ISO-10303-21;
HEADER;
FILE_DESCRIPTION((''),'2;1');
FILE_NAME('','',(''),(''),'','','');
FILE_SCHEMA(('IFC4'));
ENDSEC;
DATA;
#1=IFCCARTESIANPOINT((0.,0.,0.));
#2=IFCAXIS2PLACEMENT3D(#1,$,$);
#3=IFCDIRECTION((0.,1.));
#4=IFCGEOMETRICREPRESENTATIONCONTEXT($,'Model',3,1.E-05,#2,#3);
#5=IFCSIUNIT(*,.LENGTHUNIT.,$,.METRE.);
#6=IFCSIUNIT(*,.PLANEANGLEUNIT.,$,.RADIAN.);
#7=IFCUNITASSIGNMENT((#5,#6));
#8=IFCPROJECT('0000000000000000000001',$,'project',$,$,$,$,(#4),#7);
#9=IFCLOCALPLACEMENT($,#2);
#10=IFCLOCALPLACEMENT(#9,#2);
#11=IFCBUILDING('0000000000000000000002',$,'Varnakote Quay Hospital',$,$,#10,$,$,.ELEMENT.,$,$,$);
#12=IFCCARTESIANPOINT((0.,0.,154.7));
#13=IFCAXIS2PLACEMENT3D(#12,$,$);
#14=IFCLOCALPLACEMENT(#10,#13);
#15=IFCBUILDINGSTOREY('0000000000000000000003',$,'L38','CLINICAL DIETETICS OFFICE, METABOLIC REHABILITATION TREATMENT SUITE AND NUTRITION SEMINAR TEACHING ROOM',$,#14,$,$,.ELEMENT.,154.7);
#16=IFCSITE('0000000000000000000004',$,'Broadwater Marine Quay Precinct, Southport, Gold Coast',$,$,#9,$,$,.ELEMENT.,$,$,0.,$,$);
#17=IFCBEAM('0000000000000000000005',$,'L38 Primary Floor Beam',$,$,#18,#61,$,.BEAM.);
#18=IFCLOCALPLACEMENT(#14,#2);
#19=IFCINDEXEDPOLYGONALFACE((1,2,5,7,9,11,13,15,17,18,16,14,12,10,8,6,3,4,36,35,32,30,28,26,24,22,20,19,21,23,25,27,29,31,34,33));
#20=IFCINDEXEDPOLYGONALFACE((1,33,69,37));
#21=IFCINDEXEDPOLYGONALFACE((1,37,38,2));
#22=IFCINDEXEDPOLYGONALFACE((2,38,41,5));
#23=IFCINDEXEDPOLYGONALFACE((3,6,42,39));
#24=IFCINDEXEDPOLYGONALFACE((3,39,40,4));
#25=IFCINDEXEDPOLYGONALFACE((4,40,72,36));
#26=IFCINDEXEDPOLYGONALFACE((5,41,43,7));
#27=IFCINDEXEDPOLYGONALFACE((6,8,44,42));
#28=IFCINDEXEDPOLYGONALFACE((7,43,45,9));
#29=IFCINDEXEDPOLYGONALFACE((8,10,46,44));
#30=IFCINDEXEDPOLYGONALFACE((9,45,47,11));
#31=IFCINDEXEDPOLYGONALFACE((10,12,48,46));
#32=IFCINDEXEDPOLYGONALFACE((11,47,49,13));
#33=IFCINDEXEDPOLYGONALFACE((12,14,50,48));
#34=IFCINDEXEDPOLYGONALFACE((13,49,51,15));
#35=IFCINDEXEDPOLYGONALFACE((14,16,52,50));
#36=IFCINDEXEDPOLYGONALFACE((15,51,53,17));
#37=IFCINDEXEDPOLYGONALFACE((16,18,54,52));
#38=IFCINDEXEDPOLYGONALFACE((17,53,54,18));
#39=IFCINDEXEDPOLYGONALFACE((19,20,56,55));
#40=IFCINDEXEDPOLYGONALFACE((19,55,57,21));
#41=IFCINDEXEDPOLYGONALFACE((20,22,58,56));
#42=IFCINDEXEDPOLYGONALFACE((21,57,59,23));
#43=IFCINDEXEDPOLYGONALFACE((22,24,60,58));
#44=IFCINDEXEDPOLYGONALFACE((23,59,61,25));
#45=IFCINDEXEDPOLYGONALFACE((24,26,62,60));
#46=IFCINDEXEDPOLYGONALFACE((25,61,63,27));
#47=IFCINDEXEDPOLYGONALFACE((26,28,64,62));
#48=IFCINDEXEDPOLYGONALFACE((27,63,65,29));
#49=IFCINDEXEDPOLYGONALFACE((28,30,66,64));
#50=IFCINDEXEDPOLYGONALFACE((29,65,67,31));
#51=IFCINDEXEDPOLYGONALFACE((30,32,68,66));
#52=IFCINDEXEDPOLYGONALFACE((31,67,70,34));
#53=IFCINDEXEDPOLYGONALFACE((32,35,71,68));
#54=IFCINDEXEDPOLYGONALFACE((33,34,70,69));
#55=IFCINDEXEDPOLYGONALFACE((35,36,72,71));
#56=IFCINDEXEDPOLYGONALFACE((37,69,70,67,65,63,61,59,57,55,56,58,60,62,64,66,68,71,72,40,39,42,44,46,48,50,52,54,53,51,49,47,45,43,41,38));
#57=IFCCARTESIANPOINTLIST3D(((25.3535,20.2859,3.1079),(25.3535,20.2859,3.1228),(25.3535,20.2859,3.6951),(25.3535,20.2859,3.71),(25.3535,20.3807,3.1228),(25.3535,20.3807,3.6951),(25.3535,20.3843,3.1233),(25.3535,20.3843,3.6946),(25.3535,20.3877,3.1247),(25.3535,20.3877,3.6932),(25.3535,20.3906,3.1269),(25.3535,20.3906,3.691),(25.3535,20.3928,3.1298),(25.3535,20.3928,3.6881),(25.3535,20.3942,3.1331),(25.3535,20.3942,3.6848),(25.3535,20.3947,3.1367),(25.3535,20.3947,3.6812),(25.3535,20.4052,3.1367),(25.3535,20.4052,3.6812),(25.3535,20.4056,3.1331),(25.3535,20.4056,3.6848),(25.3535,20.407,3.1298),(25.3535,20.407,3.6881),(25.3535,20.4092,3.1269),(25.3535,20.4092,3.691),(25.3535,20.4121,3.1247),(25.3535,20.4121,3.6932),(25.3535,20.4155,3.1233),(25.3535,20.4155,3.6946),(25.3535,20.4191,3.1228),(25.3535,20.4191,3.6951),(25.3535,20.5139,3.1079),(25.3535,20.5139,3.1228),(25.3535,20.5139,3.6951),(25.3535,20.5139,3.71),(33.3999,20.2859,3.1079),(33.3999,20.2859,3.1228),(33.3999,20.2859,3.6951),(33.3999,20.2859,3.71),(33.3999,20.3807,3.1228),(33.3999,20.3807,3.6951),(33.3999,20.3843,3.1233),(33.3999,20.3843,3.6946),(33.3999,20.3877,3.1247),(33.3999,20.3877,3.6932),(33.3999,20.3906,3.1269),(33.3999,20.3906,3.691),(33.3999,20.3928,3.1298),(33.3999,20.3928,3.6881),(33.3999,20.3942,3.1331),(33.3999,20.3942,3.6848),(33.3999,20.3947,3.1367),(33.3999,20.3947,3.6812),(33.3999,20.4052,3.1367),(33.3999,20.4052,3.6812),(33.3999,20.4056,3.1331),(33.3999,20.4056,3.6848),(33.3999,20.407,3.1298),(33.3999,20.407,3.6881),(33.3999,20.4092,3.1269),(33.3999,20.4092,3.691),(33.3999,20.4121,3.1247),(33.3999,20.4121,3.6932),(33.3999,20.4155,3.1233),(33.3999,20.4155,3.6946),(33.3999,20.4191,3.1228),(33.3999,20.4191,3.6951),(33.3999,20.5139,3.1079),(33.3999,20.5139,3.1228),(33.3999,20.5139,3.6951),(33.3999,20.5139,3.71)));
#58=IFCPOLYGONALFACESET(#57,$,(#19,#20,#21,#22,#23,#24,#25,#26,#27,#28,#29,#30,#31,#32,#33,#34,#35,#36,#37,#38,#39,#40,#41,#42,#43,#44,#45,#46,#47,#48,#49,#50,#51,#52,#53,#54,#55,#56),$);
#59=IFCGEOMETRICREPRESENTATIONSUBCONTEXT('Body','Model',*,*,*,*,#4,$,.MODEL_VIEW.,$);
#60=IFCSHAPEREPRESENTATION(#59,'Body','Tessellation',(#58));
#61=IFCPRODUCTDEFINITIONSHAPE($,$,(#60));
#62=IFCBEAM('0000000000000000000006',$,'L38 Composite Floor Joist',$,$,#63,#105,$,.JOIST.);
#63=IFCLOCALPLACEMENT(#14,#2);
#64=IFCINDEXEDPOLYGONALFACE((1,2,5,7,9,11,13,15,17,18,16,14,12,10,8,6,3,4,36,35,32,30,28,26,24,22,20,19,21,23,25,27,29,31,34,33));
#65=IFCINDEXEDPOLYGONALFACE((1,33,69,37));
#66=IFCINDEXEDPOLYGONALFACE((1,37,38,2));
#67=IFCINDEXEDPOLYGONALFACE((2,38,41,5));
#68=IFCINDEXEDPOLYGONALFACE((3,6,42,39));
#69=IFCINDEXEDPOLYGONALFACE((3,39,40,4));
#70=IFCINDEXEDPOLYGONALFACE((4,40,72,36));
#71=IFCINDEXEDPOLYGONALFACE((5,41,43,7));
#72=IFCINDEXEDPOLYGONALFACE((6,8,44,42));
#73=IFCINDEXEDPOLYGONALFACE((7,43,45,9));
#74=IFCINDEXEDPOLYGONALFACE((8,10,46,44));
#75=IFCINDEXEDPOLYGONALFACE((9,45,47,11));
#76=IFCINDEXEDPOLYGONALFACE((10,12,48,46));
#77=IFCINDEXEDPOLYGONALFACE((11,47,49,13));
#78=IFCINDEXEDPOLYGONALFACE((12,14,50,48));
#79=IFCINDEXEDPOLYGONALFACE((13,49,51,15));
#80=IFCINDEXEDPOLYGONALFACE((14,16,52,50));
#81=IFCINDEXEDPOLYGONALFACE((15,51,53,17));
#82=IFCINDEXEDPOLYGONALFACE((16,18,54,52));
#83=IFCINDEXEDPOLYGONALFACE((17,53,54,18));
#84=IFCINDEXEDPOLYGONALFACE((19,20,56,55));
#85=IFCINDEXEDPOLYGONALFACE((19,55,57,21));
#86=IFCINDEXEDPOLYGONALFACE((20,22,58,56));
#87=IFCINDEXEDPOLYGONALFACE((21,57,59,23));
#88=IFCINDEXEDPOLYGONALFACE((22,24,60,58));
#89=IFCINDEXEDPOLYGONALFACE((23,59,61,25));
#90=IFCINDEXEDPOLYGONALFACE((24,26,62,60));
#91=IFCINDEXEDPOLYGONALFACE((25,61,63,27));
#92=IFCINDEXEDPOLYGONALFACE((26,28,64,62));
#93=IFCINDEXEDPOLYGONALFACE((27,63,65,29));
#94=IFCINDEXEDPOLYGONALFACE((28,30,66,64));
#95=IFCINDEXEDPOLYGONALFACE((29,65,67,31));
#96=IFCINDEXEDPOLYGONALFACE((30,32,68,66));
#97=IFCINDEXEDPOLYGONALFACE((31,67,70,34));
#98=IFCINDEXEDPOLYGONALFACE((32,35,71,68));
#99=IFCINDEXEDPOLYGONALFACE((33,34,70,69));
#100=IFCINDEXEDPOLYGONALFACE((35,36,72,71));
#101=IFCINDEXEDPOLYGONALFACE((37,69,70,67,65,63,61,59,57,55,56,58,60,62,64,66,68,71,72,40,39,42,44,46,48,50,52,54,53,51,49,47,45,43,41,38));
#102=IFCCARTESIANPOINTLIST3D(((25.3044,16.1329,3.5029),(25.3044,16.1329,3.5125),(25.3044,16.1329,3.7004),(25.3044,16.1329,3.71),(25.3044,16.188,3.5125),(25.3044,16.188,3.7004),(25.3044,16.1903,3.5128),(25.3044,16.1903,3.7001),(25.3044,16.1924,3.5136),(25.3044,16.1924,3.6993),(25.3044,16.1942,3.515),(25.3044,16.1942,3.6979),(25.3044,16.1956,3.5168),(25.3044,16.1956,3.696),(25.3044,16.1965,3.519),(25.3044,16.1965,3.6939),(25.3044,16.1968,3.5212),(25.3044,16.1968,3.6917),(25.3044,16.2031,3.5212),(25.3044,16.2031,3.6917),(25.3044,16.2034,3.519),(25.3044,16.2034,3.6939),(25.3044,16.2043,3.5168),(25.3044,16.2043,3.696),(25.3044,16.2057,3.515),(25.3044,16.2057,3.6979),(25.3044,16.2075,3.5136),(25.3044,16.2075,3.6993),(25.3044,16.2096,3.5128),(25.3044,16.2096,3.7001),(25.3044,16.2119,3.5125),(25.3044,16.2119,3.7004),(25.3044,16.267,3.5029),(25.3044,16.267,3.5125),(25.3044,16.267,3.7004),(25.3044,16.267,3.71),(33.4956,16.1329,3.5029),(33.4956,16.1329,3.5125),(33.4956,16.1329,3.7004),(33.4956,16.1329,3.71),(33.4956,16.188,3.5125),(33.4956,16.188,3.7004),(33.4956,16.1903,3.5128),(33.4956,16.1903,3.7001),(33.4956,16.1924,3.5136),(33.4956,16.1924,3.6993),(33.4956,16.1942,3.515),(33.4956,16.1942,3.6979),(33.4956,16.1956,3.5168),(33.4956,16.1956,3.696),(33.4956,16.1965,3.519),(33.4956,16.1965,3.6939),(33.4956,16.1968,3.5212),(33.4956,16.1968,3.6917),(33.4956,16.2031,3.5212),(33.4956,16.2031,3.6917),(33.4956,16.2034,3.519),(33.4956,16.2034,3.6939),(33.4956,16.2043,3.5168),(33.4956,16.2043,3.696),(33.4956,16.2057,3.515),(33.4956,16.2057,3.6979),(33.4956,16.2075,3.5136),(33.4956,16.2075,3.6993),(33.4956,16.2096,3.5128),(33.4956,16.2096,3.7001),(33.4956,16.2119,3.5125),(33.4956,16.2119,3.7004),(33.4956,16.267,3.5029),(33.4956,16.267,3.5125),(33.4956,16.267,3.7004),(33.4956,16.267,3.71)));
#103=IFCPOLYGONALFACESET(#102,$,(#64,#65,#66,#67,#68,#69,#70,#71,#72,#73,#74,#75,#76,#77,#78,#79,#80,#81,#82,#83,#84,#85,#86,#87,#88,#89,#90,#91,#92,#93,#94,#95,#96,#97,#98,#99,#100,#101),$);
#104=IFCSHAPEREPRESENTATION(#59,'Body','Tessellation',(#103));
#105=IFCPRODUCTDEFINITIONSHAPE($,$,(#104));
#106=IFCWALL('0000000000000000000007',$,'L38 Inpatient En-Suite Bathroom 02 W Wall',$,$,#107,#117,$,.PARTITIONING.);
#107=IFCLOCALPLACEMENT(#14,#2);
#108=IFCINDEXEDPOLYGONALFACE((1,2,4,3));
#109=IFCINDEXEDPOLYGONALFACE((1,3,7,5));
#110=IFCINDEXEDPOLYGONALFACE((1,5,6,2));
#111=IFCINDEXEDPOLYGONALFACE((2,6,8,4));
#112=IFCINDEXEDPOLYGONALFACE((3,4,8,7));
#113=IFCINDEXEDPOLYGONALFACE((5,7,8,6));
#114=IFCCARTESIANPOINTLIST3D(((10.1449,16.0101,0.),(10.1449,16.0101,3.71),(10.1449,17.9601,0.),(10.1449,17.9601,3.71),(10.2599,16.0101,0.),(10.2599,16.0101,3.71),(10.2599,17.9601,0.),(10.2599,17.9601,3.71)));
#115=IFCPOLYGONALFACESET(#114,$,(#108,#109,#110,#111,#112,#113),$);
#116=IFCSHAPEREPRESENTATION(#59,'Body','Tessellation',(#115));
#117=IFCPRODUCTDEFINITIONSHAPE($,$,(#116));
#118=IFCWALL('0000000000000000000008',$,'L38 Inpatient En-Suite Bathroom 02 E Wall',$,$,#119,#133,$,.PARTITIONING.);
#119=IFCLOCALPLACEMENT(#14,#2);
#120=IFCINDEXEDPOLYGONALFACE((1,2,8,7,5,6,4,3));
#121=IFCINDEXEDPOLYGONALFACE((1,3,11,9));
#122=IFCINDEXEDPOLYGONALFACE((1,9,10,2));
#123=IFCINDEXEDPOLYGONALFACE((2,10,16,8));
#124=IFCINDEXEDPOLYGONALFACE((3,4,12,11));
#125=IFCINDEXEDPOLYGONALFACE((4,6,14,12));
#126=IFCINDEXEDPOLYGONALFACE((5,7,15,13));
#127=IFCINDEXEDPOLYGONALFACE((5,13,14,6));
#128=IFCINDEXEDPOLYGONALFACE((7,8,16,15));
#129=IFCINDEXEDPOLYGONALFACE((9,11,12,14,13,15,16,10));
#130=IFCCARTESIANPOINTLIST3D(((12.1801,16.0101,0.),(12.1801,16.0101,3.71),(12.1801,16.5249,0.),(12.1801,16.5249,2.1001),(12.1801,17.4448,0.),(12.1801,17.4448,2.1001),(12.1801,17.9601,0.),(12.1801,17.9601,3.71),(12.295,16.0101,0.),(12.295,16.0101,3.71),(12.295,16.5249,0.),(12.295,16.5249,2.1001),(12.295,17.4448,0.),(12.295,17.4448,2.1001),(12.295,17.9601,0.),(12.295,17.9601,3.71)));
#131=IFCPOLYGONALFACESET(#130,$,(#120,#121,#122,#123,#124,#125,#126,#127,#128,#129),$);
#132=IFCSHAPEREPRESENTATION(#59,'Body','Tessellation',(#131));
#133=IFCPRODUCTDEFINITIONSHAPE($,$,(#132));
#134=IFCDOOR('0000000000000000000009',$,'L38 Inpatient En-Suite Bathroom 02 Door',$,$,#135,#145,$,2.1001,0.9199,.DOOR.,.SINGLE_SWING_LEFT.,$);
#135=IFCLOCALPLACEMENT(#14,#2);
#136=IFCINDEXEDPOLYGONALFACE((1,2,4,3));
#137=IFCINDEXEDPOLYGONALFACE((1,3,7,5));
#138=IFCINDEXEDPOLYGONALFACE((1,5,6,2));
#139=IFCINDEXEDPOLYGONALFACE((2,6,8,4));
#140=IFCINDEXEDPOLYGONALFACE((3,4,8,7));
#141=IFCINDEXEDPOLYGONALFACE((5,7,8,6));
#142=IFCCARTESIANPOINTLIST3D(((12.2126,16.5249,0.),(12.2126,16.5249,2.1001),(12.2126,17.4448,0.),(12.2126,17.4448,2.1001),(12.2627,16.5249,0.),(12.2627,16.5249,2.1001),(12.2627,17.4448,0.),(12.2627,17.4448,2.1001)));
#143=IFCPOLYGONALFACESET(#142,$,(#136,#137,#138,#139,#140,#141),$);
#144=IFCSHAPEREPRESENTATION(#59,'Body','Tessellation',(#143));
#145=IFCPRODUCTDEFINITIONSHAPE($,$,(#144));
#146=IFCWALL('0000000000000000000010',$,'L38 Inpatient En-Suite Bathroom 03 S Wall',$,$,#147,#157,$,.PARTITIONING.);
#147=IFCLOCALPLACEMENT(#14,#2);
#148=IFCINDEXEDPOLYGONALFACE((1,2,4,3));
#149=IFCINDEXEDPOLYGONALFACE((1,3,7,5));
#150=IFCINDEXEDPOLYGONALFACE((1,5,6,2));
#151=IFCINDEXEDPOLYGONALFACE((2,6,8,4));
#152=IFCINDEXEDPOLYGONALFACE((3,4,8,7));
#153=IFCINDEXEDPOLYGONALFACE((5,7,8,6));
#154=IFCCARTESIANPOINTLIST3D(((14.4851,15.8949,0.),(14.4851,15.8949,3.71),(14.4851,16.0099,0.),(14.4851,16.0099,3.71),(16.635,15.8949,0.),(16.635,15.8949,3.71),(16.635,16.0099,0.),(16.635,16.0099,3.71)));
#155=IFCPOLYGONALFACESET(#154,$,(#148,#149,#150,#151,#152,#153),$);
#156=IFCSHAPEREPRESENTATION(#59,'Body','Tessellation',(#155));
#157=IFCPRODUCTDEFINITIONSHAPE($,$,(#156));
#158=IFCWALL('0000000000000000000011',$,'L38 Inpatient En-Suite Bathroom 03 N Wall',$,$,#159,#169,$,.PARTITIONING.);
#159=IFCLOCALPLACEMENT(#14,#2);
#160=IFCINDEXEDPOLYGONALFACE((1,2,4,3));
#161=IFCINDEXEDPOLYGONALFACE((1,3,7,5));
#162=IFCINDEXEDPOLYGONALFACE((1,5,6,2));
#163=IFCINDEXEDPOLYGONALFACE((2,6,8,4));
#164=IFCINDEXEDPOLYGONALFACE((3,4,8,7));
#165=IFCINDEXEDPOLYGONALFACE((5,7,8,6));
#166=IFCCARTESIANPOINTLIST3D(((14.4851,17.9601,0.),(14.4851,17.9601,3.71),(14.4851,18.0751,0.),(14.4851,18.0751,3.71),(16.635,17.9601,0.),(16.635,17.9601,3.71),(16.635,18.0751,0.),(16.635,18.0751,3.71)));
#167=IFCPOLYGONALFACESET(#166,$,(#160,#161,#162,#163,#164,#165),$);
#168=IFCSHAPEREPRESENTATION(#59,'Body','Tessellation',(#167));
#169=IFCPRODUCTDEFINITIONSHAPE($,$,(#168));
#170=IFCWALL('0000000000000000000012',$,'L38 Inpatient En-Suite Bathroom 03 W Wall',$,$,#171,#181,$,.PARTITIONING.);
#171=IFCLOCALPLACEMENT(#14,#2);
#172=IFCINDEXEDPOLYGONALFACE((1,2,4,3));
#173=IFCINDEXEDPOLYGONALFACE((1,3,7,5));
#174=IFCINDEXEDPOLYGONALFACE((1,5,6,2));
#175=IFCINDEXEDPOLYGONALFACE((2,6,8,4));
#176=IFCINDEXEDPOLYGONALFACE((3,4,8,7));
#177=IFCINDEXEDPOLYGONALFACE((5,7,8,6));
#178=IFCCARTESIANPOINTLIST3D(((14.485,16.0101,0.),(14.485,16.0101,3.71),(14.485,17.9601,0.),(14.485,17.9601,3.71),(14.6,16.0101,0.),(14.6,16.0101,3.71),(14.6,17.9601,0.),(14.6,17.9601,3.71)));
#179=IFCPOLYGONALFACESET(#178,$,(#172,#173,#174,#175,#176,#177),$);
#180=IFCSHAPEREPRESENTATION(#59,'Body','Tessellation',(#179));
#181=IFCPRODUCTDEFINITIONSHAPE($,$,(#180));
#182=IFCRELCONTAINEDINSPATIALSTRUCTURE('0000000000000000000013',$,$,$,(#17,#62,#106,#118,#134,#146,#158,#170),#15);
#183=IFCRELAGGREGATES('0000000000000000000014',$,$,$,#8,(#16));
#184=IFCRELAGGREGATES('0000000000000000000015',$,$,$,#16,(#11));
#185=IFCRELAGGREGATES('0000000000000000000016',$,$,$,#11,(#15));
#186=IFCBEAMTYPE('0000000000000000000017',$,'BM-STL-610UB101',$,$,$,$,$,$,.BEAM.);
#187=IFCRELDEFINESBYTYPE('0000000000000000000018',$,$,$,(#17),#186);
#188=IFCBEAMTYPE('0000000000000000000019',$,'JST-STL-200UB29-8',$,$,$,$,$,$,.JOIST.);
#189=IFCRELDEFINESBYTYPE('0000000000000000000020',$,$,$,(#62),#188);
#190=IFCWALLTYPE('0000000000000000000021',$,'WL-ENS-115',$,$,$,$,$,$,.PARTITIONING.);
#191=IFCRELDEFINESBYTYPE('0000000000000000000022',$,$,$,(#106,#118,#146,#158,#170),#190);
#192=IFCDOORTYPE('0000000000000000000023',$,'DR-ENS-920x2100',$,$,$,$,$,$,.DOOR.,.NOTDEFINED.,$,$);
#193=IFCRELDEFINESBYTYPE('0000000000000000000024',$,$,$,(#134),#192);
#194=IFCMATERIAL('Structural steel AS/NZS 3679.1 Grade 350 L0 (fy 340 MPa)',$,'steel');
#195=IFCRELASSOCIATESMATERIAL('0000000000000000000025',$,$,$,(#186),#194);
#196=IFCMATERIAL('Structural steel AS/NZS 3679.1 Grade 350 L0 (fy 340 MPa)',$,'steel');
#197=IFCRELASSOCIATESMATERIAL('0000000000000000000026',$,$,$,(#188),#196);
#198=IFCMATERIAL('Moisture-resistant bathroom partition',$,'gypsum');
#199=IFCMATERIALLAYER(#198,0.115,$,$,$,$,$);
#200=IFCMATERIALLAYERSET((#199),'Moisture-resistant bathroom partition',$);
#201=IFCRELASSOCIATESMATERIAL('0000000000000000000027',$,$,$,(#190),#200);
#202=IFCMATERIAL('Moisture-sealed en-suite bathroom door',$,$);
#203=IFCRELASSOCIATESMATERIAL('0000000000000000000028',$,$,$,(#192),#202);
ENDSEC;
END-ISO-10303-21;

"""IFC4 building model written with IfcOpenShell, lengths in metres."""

from ifc_helpers import new_model, si_unit, direction, frame, frame_2d, origin, origin_2d, place, context, subcontext, project, spatial, rectangle, i_section, extrude, material, layer, layer_set, material_profile, profile_set, type_object, element, fill, save


model = new_model("IFC4")

# Units and contexts
model_context = context("Model", 3, precision=1e-05, world=origin(), true_north=direction((0.0, 1.0)))
body_context = subcontext(model_context, "Body", "Model", "MODEL_VIEW")
ifc_project = project(units=[si_unit("LENGTHUNIT", "METRE"), si_unit("PLANEANGLEUNIT", "RADIAN")], contexts=[model_context])

# Site, building, storey
site_placement = place(None, origin())
site = spatial("IfcSite", under=ifc_project, at=site_placement, Name="Broadwater Marine Quay Precinct, Southport, Gold Coast", CompositionType="ELEMENT", RefElevation=0.0)
building_placement = place(site_placement, origin())
building = spatial("IfcBuilding", under=site, at=building_placement, Name="Varnakote Quay Hospital", CompositionType="ELEMENT")
storey_placement = place(building_placement, frame((0.0, 0.0, 154.7)))
storey = spatial("IfcBuildingStorey", under=building, at=storey_placement, Name="L38", Description="CLINICAL DIETETICS OFFICE, METABOLIC REHABILITATION TREATMENT SUITE AND NUTRITION SEMINAR TEACHING ROOM", CompositionType="ELEMENT", Elevation=154.7)

# Beams
ifc_material_1 = material(Name="Structural steel AS/NZS 3679.1 Grade 350 L0 (fy 340 MPa)", Category="steel")
ifc_material_profile_1 = material_profile(ifc_material_1, i_section(OverallWidth=0.228, OverallDepth=0.6021, WebThickness=0.0105, FlangeThickness=0.0149, FilletRadius=0.0139, at=origin_2d()), Name="610UB101")
ifc_profile_set_1 = profile_set([ifc_material_profile_1], Name="Structural steel AS/NZS 3679.1 Grade 350 L0 (fy 340 MPa)")
beam_type_1 = type_object("IfcBeamType", Name="BM-STL-610UB101", PredefinedType="BEAM", material=ifc_profile_set_1)
for number, where, z_axis, x_axis, name in (
    (1, (25.3535, 20.3999, 3.4089), (1.0, 0.0, 0.0), (0.0, 1.0, 0.0), "L38 Primary Floor Beam"),
):
    element("IfcBeam", number, at=place(storey_placement, frame(where, z_axis=z_axis, x_axis=x_axis)), inside=storey, type_object=beam_type_1, Name=name, PredefinedType="BEAM", context=body_context, shape_type="SweptSolid", body=[
        extrude(i_section(OverallWidth=0.228, OverallDepth=0.6021, WebThickness=0.0105, FlangeThickness=0.0149, FilletRadius=0.0139, at=origin_2d()), origin(), (0.0, 0.0, 1.0), 8.0464),
    ])
ifc_material_2 = material(Name="Structural steel AS/NZS 3679.1 Grade 350 L0 (fy 340 MPa)", Category="steel")
ifc_material_profile_2 = material_profile(ifc_material_2, i_section(OverallWidth=0.134, OverallDepth=0.207, WebThickness=0.0063, FlangeThickness=0.0095, FilletRadius=0.0088, at=origin_2d()), Name="200UB29.8")
ifc_profile_set_2 = profile_set([ifc_material_profile_2], Name="Structural steel AS/NZS 3679.1 Grade 350 L0 (fy 340 MPa)")
beam_type_2 = type_object("IfcBeamType", Name="JST-STL-200UB29-8", PredefinedType="JOIST", material=ifc_profile_set_2)
beam_1_placement = place(storey_placement, frame((25.3044, 16.2, 3.6064), z_axis=(1.0, 0.0, 0.0), x_axis=(0.0, 1.0, 0.0)))
element("IfcBeam", 2, at=beam_1_placement, inside=storey, type_object=beam_type_2, Name="L38 Composite Floor Joist", PredefinedType="JOIST", context=body_context, shape_type="SweptSolid", body=[
    extrude(i_section(OverallWidth=0.134, OverallDepth=0.207, WebThickness=0.0063, FlangeThickness=0.0095, FilletRadius=0.0088, at=origin_2d()), origin(), (0.0, 0.0, 1.0), 8.1912),
])

# Wall
ifc_material_3 = material(Name="Moisture-resistant bathroom partition", Category="gypsum")
ifc_layer_1 = layer(ifc_material_3, 0.115)
ifc_layer_set_1 = layer_set([ifc_layer_1], Name="Moisture-resistant bathroom partition")
wall_type_1 = type_object("IfcWallType", Name="WL-ENS-115", PredefinedType="PARTITIONING", material=ifc_layer_set_1)
wall_1_placement = place(storey_placement, frame((10.2024, 16.01, 0.0), z_axis=(0.0, 0.0, 1.0), x_axis=(0.0, 1.0, 0.0)))
element("IfcWall", 3, at=wall_1_placement, inside=storey, type_object=wall_type_1, Name="L38 Inpatient En-Suite Bathroom 02 W Wall", PredefinedType="PARTITIONING", context=body_context, shape_type="SweptSolid", body=[
    extrude(rectangle(XDim=1.95, YDim=0.115, at=frame_2d((0.9751, 0.0))), origin(), (0.0, 0.0, 1.0), 3.71),
])

# Wall, opening, door
wall_2_placement = place(storey_placement, frame((12.2375, 16.01, 0.0), z_axis=(0.0, 0.0, 1.0), x_axis=(0.0, 1.0, 0.0)))
wall_2 = element("IfcWall", 4, at=wall_2_placement, inside=storey, type_object=wall_type_1, Name="L38 Inpatient En-Suite Bathroom 02 E Wall", PredefinedType="PARTITIONING", context=body_context, shape_type="SweptSolid", body=[
    extrude(rectangle(XDim=1.95, YDim=0.115, at=frame_2d((0.9751, 0.0))), origin(), (0.0, 0.0, 1.0), 3.71),
])
opening_1_placement = place(wall_2_placement, frame((0.5149, 0.0, 0.0)))
opening_1 = element("IfcOpeningElement", 5, at=opening_1_placement, cuts=wall_2, PredefinedType="OPENING", context=body_context, shape_type="SweptSolid", body=[
    extrude(rectangle(XDim=0.9199, YDim=2.1001, at=frame_2d((0.46, 1.05))), frame((0.0, 0.0674, 0.0), z_axis=(0.0, -1.0, 0.0), x_axis=(1.0, 0.0, 0.0)), (0.0, 0.0, 1.0), 0.135),
])
ifc_material_4 = material(Name="Moisture-sealed en-suite bathroom door")
door_type_1 = type_object("IfcDoorType", Name="DR-ENS-920x2100", OperationType="NOTDEFINED", PredefinedType="DOOR", material=ifc_material_4)
door_1_placement = place(opening_1_placement, origin())
door_1 = element("IfcDoor", 6, at=door_1_placement, inside=storey, type_object=door_type_1, Name="L38 Inpatient En-Suite Bathroom 02 Door", OperationType="SINGLE_SWING_LEFT", OverallHeight=2.1001, OverallWidth=0.9199, PredefinedType="DOOR", context=body_context, shape_type="SweptSolid", body=[
    extrude(rectangle(XDim=0.9199, YDim=2.1001, at=frame_2d((0.46, 1.05))), frame((0.0, 0.0249, 0.0), z_axis=(0.0, -1.0, 0.0), x_axis=(1.0, 0.0, 0.0)), (0.0, 0.0, 1.0), 0.05),
])
fill(opening_1, door_1)

# Walls
for number, where, z_axis, x_axis, name in (
    (7, (14.4851, 15.9524, 0.0), (0.0, 0.0, 1.0), (1.0, 0.0, 0.0), "L38 Inpatient En-Suite Bathroom 03 S Wall"),
    (8, (14.4851, 18.0176, 0.0), (0.0, 0.0, 1.0), (1.0, 0.0, 0.0), "L38 Inpatient En-Suite Bathroom 03 N Wall"),
):
    element("IfcWall", number, at=place(storey_placement, frame(where, z_axis=z_axis, x_axis=x_axis)), inside=storey, type_object=wall_type_1, Name=name, PredefinedType="PARTITIONING", context=body_context, shape_type="SweptSolid", body=[
        extrude(rectangle(XDim=2.1499, YDim=0.115, at=frame_2d((1.075, 0.0))), origin(), (0.0, 0.0, 1.0), 3.71),
    ])
wall_3_placement = place(storey_placement, frame((14.5425, 16.01, 0.0), z_axis=(0.0, 0.0, 1.0), x_axis=(0.0, 1.0, 0.0)))
element("IfcWall", 9, at=wall_3_placement, inside=storey, type_object=wall_type_1, Name="L38 Inpatient En-Suite Bathroom 03 W Wall", PredefinedType="PARTITIONING", context=body_context, shape_type="SweptSolid", body=[
    extrude(rectangle(XDim=1.95, YDim=0.115, at=frame_2d((0.9751, 0.0))), origin(), (0.0, 0.0, 1.0), 3.71),
])

save(model, "model.ifc")
